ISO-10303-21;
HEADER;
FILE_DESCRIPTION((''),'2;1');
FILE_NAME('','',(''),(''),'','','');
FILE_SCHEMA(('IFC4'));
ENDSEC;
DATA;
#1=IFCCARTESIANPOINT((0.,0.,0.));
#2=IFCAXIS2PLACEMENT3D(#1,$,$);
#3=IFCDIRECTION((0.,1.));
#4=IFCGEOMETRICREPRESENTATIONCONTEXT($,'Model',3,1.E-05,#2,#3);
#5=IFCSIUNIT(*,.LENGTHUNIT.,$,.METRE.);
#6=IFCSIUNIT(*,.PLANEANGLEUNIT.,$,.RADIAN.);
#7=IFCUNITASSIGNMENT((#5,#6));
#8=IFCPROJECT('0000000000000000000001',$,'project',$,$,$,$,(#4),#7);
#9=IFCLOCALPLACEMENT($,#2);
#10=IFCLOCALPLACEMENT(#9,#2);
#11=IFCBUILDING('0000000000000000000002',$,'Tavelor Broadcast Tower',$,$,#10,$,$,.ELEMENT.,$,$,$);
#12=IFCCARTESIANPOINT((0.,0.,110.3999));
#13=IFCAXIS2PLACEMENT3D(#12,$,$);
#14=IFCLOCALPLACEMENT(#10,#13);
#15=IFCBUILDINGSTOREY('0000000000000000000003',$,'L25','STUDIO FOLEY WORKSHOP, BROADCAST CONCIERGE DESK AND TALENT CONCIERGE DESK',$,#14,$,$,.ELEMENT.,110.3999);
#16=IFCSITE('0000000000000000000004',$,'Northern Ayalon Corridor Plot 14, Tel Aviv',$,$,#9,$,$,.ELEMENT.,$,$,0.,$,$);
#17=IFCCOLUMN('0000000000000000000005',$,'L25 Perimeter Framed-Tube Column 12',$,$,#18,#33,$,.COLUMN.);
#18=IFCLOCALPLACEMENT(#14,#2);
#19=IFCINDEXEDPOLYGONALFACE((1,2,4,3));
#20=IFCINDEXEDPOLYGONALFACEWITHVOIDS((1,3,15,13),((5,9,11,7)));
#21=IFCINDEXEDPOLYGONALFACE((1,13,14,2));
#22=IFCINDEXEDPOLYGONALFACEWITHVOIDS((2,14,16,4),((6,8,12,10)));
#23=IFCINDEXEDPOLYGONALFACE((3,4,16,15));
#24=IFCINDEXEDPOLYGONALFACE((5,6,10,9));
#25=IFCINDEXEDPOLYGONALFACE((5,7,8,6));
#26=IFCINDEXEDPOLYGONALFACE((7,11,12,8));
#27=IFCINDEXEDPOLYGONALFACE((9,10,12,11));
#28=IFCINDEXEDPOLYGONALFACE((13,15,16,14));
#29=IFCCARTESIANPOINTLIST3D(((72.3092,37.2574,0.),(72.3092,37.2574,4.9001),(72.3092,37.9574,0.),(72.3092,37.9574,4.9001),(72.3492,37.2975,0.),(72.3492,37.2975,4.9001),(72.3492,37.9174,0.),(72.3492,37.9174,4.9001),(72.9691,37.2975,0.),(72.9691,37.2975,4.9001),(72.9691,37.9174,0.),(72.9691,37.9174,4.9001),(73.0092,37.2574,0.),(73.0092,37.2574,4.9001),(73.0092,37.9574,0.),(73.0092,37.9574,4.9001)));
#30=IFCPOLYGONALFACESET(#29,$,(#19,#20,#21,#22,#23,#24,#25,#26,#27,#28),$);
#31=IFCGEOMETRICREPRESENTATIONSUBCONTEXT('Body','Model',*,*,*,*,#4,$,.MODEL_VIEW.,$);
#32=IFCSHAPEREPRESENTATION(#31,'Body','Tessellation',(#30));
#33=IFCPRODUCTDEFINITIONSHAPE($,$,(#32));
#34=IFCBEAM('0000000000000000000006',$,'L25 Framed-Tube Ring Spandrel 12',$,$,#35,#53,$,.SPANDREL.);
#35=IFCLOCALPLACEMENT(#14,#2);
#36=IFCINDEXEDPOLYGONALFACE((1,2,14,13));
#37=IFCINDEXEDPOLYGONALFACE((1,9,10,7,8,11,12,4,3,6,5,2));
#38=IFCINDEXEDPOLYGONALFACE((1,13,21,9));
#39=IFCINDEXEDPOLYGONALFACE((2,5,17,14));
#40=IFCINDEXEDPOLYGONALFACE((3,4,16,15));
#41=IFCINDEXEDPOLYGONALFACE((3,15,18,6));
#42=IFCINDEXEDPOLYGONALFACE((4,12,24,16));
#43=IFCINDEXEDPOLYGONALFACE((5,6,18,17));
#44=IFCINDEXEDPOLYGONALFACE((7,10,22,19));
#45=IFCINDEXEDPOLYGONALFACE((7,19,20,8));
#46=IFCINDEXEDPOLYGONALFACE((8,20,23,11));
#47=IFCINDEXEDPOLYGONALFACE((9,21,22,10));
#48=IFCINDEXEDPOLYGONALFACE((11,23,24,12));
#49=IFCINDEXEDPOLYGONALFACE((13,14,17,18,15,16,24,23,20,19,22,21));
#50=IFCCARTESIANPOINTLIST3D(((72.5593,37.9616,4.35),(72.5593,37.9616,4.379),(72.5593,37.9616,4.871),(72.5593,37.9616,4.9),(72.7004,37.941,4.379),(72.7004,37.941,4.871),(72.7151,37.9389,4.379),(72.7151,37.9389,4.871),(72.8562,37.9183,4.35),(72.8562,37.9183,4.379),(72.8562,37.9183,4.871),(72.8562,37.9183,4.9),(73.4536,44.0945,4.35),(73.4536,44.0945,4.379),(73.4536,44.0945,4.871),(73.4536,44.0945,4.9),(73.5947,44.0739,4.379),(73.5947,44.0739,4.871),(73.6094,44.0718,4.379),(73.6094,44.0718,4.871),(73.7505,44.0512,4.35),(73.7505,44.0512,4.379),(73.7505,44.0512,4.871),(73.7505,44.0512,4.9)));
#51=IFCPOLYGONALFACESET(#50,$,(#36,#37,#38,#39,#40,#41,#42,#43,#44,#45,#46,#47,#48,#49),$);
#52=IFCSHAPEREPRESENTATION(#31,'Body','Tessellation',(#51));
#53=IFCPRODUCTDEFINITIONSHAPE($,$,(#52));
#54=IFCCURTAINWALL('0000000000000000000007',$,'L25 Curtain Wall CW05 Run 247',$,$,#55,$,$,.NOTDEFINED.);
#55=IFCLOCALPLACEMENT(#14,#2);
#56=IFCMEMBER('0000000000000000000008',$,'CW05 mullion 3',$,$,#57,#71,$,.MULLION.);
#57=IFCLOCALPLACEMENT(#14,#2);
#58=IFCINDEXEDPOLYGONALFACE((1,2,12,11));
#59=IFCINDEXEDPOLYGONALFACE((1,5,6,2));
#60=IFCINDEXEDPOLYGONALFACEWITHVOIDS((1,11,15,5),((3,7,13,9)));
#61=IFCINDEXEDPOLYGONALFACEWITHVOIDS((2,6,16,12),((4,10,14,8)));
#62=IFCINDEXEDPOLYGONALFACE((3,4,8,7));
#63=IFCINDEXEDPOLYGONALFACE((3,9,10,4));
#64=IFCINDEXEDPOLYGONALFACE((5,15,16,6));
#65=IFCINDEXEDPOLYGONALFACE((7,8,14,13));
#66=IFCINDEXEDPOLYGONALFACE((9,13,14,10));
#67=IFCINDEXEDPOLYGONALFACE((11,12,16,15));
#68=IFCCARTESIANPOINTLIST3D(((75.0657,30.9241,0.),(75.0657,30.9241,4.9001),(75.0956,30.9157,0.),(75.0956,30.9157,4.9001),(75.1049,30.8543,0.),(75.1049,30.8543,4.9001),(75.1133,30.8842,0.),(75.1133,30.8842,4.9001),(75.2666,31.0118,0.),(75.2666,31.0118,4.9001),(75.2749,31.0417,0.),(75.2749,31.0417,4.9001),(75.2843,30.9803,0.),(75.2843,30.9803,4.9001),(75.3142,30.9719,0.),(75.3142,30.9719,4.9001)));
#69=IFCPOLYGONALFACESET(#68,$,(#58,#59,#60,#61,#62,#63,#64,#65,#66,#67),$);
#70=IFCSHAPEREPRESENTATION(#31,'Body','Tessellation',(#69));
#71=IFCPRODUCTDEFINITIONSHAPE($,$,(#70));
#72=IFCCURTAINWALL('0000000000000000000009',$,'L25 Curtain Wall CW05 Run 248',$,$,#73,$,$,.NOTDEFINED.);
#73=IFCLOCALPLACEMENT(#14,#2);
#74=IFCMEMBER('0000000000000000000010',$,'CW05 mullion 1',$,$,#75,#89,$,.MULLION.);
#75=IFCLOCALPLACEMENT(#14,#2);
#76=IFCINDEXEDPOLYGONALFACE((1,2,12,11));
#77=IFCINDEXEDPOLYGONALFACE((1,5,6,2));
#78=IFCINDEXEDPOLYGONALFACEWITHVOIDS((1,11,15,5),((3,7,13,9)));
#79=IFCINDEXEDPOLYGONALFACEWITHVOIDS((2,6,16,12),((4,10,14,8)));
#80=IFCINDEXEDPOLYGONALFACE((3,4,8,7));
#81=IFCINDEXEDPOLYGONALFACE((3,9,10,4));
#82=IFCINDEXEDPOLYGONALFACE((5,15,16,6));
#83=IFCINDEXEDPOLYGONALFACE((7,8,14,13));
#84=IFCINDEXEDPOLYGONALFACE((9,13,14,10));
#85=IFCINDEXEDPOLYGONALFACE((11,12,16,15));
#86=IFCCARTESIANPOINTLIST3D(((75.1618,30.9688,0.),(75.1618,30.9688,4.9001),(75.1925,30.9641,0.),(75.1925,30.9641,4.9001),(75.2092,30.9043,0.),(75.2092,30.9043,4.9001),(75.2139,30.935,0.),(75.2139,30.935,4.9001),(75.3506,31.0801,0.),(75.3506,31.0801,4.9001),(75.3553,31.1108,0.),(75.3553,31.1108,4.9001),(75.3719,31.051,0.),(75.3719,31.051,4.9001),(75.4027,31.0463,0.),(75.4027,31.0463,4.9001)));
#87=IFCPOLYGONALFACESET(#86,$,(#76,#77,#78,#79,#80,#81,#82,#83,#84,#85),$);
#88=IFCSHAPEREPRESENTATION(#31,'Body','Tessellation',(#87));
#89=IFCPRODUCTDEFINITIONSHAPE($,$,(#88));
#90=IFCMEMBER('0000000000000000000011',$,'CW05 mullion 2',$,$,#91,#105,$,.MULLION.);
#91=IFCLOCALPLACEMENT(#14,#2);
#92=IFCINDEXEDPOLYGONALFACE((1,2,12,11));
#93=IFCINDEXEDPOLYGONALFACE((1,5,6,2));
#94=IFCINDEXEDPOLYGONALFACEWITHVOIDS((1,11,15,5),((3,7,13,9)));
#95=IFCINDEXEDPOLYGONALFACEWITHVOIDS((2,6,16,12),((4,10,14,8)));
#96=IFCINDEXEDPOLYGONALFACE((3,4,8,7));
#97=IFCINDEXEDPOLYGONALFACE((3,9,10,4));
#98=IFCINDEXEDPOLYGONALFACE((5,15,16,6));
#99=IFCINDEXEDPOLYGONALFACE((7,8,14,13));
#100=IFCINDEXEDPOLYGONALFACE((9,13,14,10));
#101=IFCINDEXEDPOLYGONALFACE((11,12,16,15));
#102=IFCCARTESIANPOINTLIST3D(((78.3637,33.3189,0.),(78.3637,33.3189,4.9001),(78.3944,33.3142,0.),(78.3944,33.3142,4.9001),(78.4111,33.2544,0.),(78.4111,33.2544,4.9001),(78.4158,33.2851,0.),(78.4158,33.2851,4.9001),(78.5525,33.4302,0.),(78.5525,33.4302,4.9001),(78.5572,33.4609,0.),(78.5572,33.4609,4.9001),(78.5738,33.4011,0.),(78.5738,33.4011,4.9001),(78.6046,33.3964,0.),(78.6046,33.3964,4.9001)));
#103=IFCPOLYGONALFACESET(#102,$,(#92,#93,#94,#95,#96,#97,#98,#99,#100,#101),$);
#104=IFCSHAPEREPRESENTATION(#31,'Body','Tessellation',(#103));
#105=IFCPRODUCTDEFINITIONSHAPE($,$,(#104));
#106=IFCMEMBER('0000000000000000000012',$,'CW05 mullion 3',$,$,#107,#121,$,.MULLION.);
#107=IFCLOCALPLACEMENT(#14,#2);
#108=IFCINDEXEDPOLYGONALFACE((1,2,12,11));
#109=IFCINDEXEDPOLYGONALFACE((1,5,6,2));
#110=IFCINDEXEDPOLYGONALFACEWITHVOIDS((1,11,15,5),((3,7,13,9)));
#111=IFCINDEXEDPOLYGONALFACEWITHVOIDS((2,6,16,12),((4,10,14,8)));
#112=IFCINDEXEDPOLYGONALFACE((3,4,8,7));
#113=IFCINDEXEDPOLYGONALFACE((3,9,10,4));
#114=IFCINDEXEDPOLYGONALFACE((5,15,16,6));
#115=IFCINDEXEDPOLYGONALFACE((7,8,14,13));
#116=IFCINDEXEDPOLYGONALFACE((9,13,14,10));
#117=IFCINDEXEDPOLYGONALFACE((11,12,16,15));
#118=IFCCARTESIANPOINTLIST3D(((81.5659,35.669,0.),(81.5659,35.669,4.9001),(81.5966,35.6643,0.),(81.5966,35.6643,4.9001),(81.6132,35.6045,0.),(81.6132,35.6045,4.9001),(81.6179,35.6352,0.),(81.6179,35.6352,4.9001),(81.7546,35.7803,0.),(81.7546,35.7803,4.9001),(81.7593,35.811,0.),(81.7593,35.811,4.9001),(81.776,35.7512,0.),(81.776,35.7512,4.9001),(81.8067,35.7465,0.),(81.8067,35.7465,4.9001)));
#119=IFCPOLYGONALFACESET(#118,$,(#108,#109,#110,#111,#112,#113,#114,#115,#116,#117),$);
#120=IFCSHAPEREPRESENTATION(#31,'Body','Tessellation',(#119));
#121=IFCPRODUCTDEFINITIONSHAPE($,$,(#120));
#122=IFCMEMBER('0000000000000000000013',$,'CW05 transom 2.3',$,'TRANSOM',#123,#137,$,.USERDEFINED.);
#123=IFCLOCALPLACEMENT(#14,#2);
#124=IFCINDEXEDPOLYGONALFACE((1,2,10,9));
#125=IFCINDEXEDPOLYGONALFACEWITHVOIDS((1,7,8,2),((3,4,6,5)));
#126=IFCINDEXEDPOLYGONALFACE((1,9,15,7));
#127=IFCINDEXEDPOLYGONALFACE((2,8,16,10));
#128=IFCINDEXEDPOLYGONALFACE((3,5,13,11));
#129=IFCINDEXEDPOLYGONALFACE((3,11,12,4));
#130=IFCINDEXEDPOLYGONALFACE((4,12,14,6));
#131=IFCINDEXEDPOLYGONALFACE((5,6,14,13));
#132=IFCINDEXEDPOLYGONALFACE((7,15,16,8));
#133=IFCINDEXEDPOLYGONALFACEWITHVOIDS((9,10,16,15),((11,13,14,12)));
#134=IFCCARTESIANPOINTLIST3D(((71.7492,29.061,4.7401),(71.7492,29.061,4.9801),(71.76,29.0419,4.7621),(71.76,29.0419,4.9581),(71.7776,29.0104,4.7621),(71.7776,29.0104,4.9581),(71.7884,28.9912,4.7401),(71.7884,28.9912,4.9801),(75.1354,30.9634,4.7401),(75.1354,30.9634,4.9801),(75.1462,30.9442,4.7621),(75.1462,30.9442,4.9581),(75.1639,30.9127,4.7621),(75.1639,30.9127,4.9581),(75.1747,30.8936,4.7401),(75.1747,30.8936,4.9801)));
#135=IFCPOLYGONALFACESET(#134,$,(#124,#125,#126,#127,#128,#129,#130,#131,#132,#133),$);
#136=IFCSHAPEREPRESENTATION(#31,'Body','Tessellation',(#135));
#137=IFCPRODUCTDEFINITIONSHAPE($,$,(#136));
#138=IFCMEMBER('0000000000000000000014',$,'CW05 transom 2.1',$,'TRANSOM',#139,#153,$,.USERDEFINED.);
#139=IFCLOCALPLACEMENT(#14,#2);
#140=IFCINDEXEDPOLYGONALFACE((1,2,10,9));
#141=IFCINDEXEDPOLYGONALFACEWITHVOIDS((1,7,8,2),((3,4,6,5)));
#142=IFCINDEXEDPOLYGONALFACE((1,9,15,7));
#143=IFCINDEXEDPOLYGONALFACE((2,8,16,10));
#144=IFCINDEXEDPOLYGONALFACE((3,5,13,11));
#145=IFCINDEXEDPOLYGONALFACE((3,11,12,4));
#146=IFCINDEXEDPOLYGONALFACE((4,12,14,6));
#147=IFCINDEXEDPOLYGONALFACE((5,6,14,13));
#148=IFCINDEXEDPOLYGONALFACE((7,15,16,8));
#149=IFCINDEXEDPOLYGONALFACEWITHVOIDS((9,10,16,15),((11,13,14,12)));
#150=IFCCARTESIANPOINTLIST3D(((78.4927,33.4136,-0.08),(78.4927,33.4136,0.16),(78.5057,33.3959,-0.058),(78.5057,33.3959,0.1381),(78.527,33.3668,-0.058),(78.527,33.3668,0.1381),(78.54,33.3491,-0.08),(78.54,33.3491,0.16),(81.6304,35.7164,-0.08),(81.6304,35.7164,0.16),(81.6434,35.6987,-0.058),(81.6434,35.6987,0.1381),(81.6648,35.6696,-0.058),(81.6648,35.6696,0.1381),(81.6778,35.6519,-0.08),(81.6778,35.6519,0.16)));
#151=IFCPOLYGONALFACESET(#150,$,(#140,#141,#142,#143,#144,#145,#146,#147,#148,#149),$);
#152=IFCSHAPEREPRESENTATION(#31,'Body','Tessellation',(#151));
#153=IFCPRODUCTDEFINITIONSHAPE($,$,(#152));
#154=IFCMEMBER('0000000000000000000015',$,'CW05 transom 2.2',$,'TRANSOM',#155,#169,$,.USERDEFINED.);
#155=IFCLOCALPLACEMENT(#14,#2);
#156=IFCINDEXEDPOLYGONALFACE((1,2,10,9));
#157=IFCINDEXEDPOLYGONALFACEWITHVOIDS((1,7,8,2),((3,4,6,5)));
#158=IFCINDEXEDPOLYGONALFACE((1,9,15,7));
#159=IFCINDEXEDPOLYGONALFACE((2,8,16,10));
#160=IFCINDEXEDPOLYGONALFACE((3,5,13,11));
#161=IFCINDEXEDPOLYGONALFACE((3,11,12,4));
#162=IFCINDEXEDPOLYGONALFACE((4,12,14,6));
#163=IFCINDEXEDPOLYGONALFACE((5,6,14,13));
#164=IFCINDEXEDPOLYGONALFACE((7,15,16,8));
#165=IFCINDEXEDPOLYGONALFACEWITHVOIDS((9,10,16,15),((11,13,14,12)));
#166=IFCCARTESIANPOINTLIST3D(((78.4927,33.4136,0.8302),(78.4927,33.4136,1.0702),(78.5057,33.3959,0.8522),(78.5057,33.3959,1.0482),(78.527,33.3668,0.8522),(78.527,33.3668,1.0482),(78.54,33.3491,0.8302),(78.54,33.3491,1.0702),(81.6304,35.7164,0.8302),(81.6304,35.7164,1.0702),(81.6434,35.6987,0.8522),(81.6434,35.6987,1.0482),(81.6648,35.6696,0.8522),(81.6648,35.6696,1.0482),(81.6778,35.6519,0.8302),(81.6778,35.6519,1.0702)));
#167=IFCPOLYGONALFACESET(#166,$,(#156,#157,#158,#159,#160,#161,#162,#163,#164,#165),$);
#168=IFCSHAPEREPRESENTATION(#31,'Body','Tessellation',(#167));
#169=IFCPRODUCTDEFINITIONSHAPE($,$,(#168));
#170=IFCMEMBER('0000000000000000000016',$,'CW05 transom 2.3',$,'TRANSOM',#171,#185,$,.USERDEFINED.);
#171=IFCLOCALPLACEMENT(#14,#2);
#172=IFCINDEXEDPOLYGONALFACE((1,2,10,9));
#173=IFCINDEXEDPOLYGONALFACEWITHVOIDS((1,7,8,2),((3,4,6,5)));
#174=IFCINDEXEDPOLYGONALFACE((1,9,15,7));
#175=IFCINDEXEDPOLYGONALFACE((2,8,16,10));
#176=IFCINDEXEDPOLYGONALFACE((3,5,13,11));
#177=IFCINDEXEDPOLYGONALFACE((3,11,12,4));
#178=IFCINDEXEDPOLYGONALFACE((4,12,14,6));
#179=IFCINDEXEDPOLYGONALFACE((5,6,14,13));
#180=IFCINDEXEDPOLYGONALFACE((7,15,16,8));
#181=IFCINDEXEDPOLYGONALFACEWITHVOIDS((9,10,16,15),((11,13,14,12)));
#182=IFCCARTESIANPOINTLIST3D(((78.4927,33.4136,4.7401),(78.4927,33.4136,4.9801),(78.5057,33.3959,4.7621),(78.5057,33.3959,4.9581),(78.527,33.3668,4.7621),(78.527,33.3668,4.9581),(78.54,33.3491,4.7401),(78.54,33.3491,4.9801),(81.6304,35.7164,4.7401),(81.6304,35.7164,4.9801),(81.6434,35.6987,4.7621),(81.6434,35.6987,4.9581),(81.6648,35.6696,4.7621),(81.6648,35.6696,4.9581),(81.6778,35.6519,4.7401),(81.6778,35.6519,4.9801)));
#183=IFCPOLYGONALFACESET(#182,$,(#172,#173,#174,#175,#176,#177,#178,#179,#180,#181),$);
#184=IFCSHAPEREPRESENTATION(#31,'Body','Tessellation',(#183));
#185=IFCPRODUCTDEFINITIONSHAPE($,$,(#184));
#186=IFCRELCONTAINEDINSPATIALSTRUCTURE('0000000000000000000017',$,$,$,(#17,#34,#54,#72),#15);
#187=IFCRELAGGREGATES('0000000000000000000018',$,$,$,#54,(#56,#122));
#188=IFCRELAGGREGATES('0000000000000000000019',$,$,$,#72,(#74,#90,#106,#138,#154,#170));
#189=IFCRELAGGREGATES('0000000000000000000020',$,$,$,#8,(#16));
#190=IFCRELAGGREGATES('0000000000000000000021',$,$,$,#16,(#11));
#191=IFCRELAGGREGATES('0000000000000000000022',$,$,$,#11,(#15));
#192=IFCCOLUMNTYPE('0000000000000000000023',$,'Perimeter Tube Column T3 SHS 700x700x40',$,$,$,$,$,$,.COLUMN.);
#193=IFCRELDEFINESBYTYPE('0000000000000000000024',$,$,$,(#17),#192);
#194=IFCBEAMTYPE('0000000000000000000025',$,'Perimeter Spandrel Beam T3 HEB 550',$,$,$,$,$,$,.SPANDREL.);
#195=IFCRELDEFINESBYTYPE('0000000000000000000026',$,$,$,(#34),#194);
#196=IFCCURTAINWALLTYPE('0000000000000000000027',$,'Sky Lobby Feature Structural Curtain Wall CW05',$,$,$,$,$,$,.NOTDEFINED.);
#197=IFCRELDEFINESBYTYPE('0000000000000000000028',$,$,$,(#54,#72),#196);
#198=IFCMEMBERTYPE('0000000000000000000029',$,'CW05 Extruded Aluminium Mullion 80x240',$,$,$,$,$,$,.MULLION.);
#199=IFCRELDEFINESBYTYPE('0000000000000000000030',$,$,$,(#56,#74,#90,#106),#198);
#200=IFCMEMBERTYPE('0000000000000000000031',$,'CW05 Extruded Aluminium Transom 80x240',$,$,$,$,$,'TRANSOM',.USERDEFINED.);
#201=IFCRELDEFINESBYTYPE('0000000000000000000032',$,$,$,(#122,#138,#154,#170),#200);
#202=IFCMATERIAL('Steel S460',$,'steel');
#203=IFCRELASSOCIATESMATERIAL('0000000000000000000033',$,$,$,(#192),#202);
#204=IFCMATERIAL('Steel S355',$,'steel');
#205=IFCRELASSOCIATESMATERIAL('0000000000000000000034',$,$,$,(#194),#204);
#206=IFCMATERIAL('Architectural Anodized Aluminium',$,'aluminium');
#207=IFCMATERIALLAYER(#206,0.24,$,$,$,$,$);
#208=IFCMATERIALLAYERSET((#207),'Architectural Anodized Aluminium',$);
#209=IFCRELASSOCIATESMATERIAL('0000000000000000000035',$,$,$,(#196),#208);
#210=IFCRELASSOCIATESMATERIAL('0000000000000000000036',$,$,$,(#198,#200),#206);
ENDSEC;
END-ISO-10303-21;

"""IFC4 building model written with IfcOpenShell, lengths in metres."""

from ifc_helpers import new_model, si_unit, direction, frame, origin, origin_2d, place, context, subcontext, project, spatial, hollow_rectangle, i_section, extrude, source, transform, mapped, material, layer, layer_set, material_profile, profile_set, type_object, type_shapes, element, aggregate, save


model = new_model("IFC4")

# Units and contexts
model_context = context("Model", 3, precision=1e-05, world=origin(), true_north=direction((0.0, 1.0)))
body_context = subcontext(model_context, "Body", "Model", "MODEL_VIEW")
ifc_project = project(units=[si_unit("LENGTHUNIT", "METRE"), si_unit("PLANEANGLEUNIT", "RADIAN")], contexts=[model_context])

# Site, building, storey
site_placement = place(None, origin())
site = spatial("IfcSite", under=ifc_project, at=site_placement, Name="Northern Ayalon Corridor Plot 14, Tel Aviv", CompositionType="ELEMENT", RefElevation=0.0)
building_placement = place(site_placement, origin())
building = spatial("IfcBuilding", under=site, at=building_placement, Name="Tavelor Broadcast Tower", CompositionType="ELEMENT")
storey_placement = place(building_placement, frame((0.0, 0.0, 110.3999)))
storey = spatial("IfcBuildingStorey", under=building, at=storey_placement, Name="L25", Description="STUDIO FOLEY WORKSHOP, BROADCAST CONCIERGE DESK AND TALENT CONCIERGE DESK", CompositionType="ELEMENT", Elevation=110.3999)

# Column
ifc_material_1 = material(Name="Steel S460", Category="steel")
ifc_material_profile_1 = material_profile(ifc_material_1, hollow_rectangle(XDim=0.7, YDim=0.7, WallThickness=0.04, at=origin_2d()), Name="SHS 700x700x40")
ifc_profile_set_1 = profile_set([ifc_material_profile_1], Name="Steel S460")
column_type = type_object("IfcColumnType", Name="Perimeter Tube Column T3 SHS 700x700x40", PredefinedType="COLUMN", material=ifc_profile_set_1)
column_placement = place(storey_placement, frame((72.6592, 37.6074, 0.0), z_axis=(0.0, 0.0, 1.0), x_axis=(1.0, 0.0, 0.0)))
element("IfcColumn", 1, at=column_placement, inside=storey, type_object=column_type, Name="L25 Perimeter Framed-Tube Column 12", PredefinedType="COLUMN", context=body_context, shape_type="SweptSolid", body=[
    extrude(hollow_rectangle(XDim=0.7, YDim=0.7, WallThickness=0.04, at=origin_2d()), origin(), (0.0, 0.0, 1.0), 4.9001),
])

# Beam
ifc_material_2 = material(Name="Steel S355", Category="steel")
ifc_material_profile_2 = material_profile(ifc_material_2, i_section(OverallWidth=0.3, OverallDepth=0.55, WebThickness=0.0149, FlangeThickness=0.0291, at=origin_2d()), Name="HEB 550")
ifc_profile_set_2 = profile_set([ifc_material_profile_2], Name="Steel S355")
beam_type = type_object("IfcBeamType", Name="Perimeter Spandrel Beam T3 HEB 550", PredefinedType="SPANDREL", material=ifc_profile_set_2)
beam_placement = place(storey_placement, frame((72.7078, 37.9399, 4.625), z_axis=(0.144294, 0.989535, 0.0), x_axis=(-0.989535, 0.144294, 0.0)))
element("IfcBeam", 2, at=beam_placement, inside=storey, type_object=beam_type, Name="L25 Framed-Tube Ring Spandrel 12", PredefinedType="SPANDREL", context=body_context, shape_type="SweptSolid", body=[
    extrude(i_section(OverallWidth=0.3, OverallDepth=0.55, WebThickness=0.0149, FlangeThickness=0.0291, at=origin_2d()), origin(), (0.0, 0.0, 1.0), 6.1978),
])

# Curtain wall, member
ifc_material_3 = material(Name="Architectural Anodized Aluminium", Category="aluminium")
ifc_layer_1 = layer(ifc_material_3, 0.24)
ifc_layer_set_1 = layer_set([ifc_layer_1], Name="Architectural Anodized Aluminium")
curtain_wall_type = type_object("IfcCurtainWallType", Name="Sky Lobby Feature Structural Curtain Wall CW05", PredefinedType="NOTDEFINED", material=ifc_layer_set_1)
curtain_wall_1_placement = place(storey_placement, origin())
curtain_wall_1 = element("IfcCurtainWall", 3, at=curtain_wall_1_placement, inside=storey, type_object=curtain_wall_type, Name="L25 Curtain Wall CW05 Run 247", PredefinedType="NOTDEFINED")
ifc_material_profile_3 = material_profile(ifc_material_3, hollow_rectangle(XDim=0.0801, YDim=0.24, WallThickness=0.022, at=origin_2d()), Name="RHS 80x240x22")
ifc_profile_set_3 = profile_set([ifc_material_profile_3], Name="Architectural Anodized Aluminium")
member_type_1 = type_object("IfcMemberType", Name="CW05 Extruded Aluminium Mullion 80x240", PredefinedType="MULLION", material=ifc_profile_set_3)
shared_shape_1 = source(origin(), body_context, "Body", "SweptSolid", [
    extrude(hollow_rectangle(XDim=0.0801, YDim=0.24, WallThickness=0.022, at=origin_2d()), origin(), (0.0, 0.0, 1.0), 4.9001),
])
type_shapes(member_type_1, [shared_shape_1])
member_1_placement = place(storey_placement, frame((75.1899, 30.948, 0.0), z_axis=(0.0, 0.0, 1.0), x_axis=(-0.489773, 0.87185, 0.0)))
member_1 = element("IfcMember", 4, at=member_1_placement, type_object=member_type_1, Name="CW05 mullion 3", PredefinedType="MULLION", context=body_context, shape_type="MappedRepresentation", body=[
    mapped(shared_shape_1, transform((0.0, 0.0, 0.0), scale=1.0)),
])

# Curtain wall, members
curtain_wall_2_placement = place(storey_placement, origin())
curtain_wall_2 = element("IfcCurtainWall", 5, at=curtain_wall_2_placement, inside=storey, type_object=curtain_wall_type, Name="L25 Curtain Wall CW05 Run 248", PredefinedType="NOTDEFINED")
member_2_placement = place(storey_placement, frame((75.2822, 31.0076, 0.0), z_axis=(0.0, 0.0, 1.0), x_axis=(-0.591676, 0.806176, 0.0)))
member_2 = element("IfcMember", 6, at=member_2_placement, type_object=member_type_1, Name="CW05 mullion 1", PredefinedType="MULLION", context=body_context, shape_type="MappedRepresentation", body=[
    mapped(shared_shape_1, transform((0.0, 0.0, 0.0), scale=1.0)),
])
member_3_placement = place(storey_placement, frame((78.4841, 33.3577, 0.0), z_axis=(0.0, 0.0, 1.0), x_axis=(-0.591676, 0.806176, 0.0)))
member_3 = element("IfcMember", 7, at=member_3_placement, type_object=member_type_1, Name="CW05 mullion 2", PredefinedType="MULLION", context=body_context, shape_type="MappedRepresentation", body=[
    mapped(shared_shape_1, transform((0.0, 0.0, 0.0), scale=1.0)),
])
member_4_placement = place(storey_placement, frame((81.6863, 35.7078, 0.0), z_axis=(0.0, 0.0, 1.0), x_axis=(-0.591676, 0.806176, 0.0)))
member_4 = element("IfcMember", 8, at=member_4_placement, type_object=member_type_1, Name="CW05 mullion 3", PredefinedType="MULLION", context=body_context, shape_type="MappedRepresentation", body=[
    mapped(shared_shape_1, transform((0.0, 0.0, 0.0), scale=1.0)),
])

# Members
ifc_material_profile_4 = material_profile(ifc_material_3, hollow_rectangle(XDim=0.0801, YDim=0.24, WallThickness=0.022, at=origin_2d()), Name="RHS 80x240x22")
ifc_profile_set_4 = profile_set([ifc_material_profile_4], Name="Architectural Anodized Aluminium")
member_type_2 = type_object("IfcMemberType", Name="CW05 Extruded Aluminium Transom 80x240", ElementType="TRANSOM", PredefinedType="USERDEFINED", material=ifc_profile_set_4)
shared_shape_2 = source(origin(), body_context, "Body", "SweptSolid", [
    extrude(hollow_rectangle(XDim=0.0801, YDim=0.24, WallThickness=0.022, at=origin_2d()), origin(), (0.0, 0.0, 1.0), 3.884),
])
member_5_placement = place(storey_placement, frame((71.7688, 29.0261, 4.8601), z_axis=(0.871841, 0.48979, 0.0), x_axis=(-0.48979, 0.871841, 0.0)))
member_5 = element("IfcMember", 9, at=member_5_placement, type_object=member_type_2, Name="CW05 transom 2.3", ObjectType="TRANSOM", PredefinedType="USERDEFINED", context=body_context, shape_type="MappedRepresentation", body=[
    mapped(shared_shape_2, transform((0.0, 0.0, 0.0), scale=1.0)),
])
shared_shape_3 = source(origin(), body_context, "Body", "SweptSolid", [
    extrude(hollow_rectangle(XDim=0.0801, YDim=0.24, WallThickness=0.022, at=origin_2d()), origin(), (0.0, 0.0, 1.0), 3.8921),
])
member_6_placement = place(storey_placement, frame((78.5164, 33.3813, 0.04), z_axis=(0.80619, 0.591657, 0.0), x_axis=(-0.591657, 0.80619, 0.0)))
member_6 = element("IfcMember", 10, at=member_6_placement, type_object=member_type_2, Name="CW05 transom 2.1", ObjectType="TRANSOM", PredefinedType="USERDEFINED", context=body_context, shape_type="MappedRepresentation", body=[
    mapped(shared_shape_3, transform((0.0, 0.0, 0.0), scale=1.0)),
])
member_7_placement = place(storey_placement, frame((78.5164, 33.3813, 0.9502), z_axis=(0.80619, 0.591657, 0.0), x_axis=(-0.591657, 0.80619, 0.0)))
member_7 = element("IfcMember", 11, at=member_7_placement, type_object=member_type_2, Name="CW05 transom 2.2", ObjectType="TRANSOM", PredefinedType="USERDEFINED", context=body_context, shape_type="MappedRepresentation", body=[
    mapped(shared_shape_3, transform((0.0, 0.0, 0.0), scale=1.0)),
])
member_8_placement = place(storey_placement, frame((78.5164, 33.3813, 4.8601), z_axis=(0.80619, 0.591657, 0.0), x_axis=(-0.591657, 0.80619, 0.0)))
member_8 = element("IfcMember", 12, at=member_8_placement, type_object=member_type_2, Name="CW05 transom 2.3", ObjectType="TRANSOM", PredefinedType="USERDEFINED", context=body_context, shape_type="MappedRepresentation", body=[
    mapped(shared_shape_3, transform((0.0, 0.0, 0.0), scale=1.0)),
])

aggregate(curtain_wall_1, [member_1, member_5])
aggregate(curtain_wall_2, [member_2, member_3, member_4, member_6, member_7, member_8])

save(model, "model.ifc")
